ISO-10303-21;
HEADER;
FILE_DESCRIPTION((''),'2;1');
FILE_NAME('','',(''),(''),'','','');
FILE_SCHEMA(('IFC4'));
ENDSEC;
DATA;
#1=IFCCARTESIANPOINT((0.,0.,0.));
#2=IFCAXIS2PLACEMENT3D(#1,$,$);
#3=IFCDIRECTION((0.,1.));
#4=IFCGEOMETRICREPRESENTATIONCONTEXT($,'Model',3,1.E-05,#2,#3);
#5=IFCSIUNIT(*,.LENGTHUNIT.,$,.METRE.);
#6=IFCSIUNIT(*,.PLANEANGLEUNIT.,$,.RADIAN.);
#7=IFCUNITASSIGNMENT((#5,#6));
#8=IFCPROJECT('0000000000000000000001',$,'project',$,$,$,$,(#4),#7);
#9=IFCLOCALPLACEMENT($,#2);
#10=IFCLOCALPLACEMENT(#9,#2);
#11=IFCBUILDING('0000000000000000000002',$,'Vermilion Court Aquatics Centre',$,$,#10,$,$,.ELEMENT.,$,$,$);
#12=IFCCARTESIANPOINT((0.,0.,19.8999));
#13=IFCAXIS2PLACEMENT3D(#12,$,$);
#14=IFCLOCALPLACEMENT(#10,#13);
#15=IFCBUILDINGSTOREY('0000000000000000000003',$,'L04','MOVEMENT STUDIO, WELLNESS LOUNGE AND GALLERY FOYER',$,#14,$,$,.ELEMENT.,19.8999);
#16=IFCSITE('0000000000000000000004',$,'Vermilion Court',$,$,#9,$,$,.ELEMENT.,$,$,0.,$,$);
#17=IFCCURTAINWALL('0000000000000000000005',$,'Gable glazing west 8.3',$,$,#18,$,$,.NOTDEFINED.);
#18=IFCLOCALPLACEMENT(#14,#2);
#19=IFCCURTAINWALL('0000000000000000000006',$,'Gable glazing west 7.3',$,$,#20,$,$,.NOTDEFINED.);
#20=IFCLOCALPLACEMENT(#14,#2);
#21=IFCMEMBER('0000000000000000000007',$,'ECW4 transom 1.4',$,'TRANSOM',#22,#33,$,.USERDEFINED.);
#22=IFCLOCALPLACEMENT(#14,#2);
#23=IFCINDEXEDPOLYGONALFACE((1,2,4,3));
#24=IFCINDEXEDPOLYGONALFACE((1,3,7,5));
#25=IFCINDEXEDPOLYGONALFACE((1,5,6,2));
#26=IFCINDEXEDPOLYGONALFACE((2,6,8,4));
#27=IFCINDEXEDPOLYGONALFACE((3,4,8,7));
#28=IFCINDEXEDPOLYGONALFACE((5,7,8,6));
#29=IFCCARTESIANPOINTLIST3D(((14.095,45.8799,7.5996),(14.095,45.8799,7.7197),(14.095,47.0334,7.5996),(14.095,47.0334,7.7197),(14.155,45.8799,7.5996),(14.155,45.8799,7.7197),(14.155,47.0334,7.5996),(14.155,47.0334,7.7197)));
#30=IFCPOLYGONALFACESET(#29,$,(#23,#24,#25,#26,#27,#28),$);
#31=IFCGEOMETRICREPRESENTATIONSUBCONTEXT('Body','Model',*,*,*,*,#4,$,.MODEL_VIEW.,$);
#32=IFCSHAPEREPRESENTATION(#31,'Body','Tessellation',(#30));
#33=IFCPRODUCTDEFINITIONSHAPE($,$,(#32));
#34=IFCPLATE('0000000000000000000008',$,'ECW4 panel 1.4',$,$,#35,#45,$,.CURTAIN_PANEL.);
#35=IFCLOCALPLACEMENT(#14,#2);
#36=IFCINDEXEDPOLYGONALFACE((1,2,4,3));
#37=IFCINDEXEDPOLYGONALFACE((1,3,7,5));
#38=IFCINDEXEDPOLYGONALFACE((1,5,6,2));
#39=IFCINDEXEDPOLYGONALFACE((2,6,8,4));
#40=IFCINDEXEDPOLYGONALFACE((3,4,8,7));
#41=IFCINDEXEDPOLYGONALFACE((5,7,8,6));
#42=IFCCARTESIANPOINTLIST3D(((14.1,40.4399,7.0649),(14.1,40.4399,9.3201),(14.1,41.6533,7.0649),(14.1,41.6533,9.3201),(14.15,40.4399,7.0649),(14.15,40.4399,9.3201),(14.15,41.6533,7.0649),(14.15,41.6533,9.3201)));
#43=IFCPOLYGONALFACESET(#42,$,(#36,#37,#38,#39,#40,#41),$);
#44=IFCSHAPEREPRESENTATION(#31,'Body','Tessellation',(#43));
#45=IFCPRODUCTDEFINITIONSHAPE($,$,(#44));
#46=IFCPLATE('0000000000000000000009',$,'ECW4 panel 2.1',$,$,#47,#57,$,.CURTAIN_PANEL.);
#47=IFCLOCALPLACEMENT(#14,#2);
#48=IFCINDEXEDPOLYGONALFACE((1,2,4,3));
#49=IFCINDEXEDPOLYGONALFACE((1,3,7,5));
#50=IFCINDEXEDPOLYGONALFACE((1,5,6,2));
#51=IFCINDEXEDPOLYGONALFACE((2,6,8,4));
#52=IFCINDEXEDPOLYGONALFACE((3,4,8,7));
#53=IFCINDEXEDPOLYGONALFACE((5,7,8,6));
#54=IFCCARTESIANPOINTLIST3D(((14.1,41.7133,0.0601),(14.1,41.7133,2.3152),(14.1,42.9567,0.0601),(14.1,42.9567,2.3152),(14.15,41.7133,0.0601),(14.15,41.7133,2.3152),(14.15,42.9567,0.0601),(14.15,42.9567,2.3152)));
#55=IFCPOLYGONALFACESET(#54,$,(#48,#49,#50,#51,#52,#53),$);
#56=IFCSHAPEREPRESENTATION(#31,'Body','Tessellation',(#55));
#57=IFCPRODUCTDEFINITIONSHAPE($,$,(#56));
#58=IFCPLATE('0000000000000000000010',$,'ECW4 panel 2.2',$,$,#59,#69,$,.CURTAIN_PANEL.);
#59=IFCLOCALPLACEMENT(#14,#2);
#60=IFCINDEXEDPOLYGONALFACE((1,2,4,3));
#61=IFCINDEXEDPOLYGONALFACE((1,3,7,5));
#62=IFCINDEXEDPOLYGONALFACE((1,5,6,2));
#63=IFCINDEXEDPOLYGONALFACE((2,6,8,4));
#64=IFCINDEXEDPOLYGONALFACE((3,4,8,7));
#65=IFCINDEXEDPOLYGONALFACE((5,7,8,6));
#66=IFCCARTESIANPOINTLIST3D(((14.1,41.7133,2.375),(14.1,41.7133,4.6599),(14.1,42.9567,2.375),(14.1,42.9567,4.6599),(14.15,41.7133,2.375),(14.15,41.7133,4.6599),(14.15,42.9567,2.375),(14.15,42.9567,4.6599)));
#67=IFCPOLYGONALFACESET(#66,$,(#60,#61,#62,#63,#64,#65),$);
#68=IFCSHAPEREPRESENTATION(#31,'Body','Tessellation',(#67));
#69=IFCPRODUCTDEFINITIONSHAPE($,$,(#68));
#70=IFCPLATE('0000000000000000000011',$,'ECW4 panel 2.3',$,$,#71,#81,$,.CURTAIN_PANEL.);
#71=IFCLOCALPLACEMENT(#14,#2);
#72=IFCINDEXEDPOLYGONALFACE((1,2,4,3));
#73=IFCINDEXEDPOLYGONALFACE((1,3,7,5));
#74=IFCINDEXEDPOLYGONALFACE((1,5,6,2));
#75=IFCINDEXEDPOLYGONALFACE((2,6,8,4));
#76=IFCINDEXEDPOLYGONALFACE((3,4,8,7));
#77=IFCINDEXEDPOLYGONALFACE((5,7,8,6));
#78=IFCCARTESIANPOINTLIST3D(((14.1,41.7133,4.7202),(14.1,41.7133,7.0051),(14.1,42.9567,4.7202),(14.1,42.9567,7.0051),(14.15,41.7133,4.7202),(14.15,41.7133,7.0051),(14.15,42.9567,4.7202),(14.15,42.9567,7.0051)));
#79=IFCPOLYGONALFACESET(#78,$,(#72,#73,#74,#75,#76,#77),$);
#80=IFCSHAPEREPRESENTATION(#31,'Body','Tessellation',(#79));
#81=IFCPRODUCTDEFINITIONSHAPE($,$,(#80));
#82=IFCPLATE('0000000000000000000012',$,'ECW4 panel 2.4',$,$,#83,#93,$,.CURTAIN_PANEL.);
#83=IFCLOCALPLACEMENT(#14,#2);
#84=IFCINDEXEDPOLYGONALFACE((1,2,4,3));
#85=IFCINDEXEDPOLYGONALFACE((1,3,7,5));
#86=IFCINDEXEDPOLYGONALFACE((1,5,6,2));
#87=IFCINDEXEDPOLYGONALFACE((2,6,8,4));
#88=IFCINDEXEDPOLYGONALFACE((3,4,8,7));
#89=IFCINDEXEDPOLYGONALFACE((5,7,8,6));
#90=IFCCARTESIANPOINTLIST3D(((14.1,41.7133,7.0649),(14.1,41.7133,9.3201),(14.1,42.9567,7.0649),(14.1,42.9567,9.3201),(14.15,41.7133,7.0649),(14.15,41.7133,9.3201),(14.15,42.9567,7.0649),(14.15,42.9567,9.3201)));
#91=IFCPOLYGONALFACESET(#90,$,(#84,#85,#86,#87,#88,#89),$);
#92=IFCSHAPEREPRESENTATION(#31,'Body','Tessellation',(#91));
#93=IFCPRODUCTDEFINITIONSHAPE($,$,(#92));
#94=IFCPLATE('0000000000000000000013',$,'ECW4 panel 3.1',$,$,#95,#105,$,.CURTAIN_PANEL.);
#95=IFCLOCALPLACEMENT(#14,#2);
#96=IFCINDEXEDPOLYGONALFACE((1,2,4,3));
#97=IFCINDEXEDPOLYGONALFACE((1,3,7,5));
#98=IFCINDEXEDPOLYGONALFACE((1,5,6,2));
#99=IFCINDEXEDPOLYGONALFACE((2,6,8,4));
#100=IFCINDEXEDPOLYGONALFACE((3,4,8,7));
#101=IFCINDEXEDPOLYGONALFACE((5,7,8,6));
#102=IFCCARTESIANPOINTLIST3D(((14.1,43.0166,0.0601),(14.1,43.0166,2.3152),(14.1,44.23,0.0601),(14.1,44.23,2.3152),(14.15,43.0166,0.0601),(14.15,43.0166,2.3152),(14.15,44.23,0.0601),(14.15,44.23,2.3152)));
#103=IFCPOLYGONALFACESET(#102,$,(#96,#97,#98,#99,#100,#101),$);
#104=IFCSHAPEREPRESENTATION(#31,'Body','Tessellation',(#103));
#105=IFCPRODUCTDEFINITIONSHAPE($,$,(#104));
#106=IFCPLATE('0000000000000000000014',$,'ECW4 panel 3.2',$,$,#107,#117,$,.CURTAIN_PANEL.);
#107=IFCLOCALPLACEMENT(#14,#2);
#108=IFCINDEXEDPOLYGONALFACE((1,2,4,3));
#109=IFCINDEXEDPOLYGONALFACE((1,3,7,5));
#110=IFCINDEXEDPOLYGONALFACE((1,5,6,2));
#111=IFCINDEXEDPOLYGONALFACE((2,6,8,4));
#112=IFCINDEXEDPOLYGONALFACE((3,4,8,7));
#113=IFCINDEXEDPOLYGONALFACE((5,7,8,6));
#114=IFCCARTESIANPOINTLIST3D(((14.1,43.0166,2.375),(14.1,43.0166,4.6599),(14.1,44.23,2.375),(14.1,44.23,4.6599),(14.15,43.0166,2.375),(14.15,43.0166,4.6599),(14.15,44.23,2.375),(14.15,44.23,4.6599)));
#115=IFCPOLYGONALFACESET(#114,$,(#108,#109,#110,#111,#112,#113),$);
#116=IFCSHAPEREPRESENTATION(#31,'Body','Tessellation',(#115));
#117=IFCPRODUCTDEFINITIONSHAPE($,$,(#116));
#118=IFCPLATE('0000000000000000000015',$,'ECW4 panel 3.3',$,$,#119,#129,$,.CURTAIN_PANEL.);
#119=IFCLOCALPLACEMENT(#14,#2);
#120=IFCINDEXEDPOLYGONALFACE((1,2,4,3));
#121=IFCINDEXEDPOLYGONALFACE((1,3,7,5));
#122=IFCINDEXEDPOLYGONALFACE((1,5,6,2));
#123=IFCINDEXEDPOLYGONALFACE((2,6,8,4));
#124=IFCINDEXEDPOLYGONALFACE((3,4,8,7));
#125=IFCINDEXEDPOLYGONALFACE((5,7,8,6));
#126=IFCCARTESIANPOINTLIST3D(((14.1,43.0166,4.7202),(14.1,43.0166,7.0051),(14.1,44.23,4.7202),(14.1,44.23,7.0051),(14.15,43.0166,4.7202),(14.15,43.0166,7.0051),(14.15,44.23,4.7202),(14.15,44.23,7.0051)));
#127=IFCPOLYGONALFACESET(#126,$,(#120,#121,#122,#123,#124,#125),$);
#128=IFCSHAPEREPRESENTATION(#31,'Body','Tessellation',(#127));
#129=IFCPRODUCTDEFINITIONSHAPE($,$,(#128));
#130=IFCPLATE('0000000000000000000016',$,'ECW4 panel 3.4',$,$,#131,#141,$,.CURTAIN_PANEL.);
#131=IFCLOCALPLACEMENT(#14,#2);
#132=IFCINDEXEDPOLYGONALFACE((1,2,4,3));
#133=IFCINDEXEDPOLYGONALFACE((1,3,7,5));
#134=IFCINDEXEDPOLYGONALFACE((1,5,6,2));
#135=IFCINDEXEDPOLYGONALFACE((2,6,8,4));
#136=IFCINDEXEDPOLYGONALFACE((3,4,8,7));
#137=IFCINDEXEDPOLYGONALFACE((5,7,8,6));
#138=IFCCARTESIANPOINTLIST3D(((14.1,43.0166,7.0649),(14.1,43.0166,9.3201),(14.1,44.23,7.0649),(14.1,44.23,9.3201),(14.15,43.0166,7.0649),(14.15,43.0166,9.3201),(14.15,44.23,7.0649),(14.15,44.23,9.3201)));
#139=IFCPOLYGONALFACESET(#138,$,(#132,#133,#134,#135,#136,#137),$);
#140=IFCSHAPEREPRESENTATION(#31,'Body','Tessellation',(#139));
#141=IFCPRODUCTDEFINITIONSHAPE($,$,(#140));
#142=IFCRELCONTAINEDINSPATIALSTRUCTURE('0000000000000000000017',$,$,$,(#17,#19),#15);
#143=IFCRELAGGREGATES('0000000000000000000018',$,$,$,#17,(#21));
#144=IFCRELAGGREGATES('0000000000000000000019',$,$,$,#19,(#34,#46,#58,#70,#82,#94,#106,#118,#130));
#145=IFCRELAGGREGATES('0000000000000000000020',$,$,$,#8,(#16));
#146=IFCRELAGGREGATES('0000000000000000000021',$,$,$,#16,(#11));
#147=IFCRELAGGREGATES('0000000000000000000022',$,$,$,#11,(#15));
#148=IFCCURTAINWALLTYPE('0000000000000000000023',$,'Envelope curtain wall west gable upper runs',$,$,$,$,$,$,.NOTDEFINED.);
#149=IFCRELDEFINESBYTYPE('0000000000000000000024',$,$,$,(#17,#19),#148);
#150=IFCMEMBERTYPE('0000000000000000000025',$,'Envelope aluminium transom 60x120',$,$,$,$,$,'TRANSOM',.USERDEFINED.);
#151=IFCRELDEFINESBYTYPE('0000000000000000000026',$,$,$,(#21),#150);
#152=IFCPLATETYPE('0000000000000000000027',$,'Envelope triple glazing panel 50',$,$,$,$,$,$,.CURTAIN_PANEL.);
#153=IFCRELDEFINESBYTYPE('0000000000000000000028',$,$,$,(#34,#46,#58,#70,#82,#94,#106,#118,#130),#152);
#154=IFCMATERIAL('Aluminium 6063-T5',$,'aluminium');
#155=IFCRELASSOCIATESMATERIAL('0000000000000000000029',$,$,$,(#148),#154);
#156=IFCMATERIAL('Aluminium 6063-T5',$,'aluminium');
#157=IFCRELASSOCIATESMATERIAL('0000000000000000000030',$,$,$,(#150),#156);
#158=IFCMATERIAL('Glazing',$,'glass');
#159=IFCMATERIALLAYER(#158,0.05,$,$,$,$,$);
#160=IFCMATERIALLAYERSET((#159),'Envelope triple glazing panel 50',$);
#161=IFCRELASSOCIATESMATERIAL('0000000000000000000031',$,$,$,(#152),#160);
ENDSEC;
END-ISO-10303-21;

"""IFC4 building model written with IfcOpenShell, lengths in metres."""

from ifc_helpers import new_model, si_unit, direction, frame, origin, origin_2d, place, context, subcontext, project, spatial, rectangle, extrude, material, layer, layer_set, material_profile, profile_set, type_object, element, aggregate, save


model = new_model("IFC4")

# Units and contexts
model_context = context("Model", 3, precision=1e-05, world=origin(), true_north=direction((0.0, 1.0)))
body_context = subcontext(model_context, "Body", "Model", "MODEL_VIEW")
ifc_project = project(units=[si_unit("LENGTHUNIT", "METRE"), si_unit("PLANEANGLEUNIT", "RADIAN")], contexts=[model_context])

# Site, building, storey
site_placement = place(None, origin())
site = spatial("IfcSite", under=ifc_project, at=site_placement, Name="Vermilion Court", CompositionType="ELEMENT", RefElevation=0.0)
building_placement = place(site_placement, origin())
building = spatial("IfcBuilding", under=site, at=building_placement, Name="Vermilion Court Aquatics Centre", CompositionType="ELEMENT")
storey_placement = place(building_placement, frame((0.0, 0.0, 19.8999)))
storey = spatial("IfcBuildingStorey", under=building, at=storey_placement, Name="L04", Description="MOVEMENT STUDIO, WELLNESS LOUNGE AND GALLERY FOYER", CompositionType="ELEMENT", Elevation=19.8999)

# Curtain wall
ifc_material_1 = material(Name="Aluminium 6063-T5", Category="aluminium")
curtain_wall_type = type_object("IfcCurtainWallType", Name="Envelope curtain wall west gable upper runs", PredefinedType="NOTDEFINED", material=ifc_material_1)
curtain_wall_1_placement = place(storey_placement, origin())
curtain_wall_1 = element("IfcCurtainWall", 1, at=curtain_wall_1_placement, inside=storey, type_object=curtain_wall_type, Name="Gable glazing west 8.3", PredefinedType="NOTDEFINED")

# Curtain wall
curtain_wall_2_placement = place(storey_placement, origin())
curtain_wall_2 = element("IfcCurtainWall", 2, at=curtain_wall_2_placement, inside=storey, type_object=curtain_wall_type, Name="Gable glazing west 7.3", PredefinedType="NOTDEFINED")
ifc_material_2 = material(Name="Aluminium 6063-T5", Category="aluminium")
ifc_material_profile_1 = material_profile(ifc_material_2, rectangle(XDim=0.0601, YDim=0.1201, at=origin_2d()), Name="AL 60x120")
ifc_profile_set_1 = profile_set([ifc_material_profile_1], Name="Aluminium 6063-T5")
member_type_1 = type_object("IfcMemberType", Name="Envelope aluminium transom 60x120", ElementType="TRANSOM", PredefinedType="USERDEFINED", material=ifc_profile_set_1)

# Member
member_1_placement = place(storey_placement, frame((14.125, 45.8799, 7.6597), z_axis=(0.0, 1.0, 0.0), x_axis=(-1.0, 0.0, 0.0)))
member_1 = element("IfcMember", 3, at=member_1_placement, type_object=member_type_1, Name="ECW4 transom 1.4", ObjectType="TRANSOM", PredefinedType="USERDEFINED", context=body_context, shape_type="SweptSolid", body=[
    extrude(rectangle(XDim=0.0601, YDim=0.1201, at=origin_2d()), origin(), (0.0, 0.0, 1.0), 1.1536),
])
aggregate(curtain_wall_1, [member_1])

# Plates
ifc_material_3 = material(Name="Glazing", Category="glass")
ifc_layer = layer(ifc_material_3, 0.05)
ifc_layer_set = layer_set([ifc_layer], Name="Envelope triple glazing panel 50")
plate_type = type_object("IfcPlateType", Name="Envelope triple glazing panel 50", PredefinedType="CURTAIN_PANEL", material=ifc_layer_set)
plate_1_placement = place(storey_placement, frame((14.125, 41.0466, 7.0649), z_axis=(0.0, 0.0, 1.0), x_axis=(0.0, 1.0, 0.0)))
plate_1 = element("IfcPlate", 4, at=plate_1_placement, type_object=plate_type, Name="ECW4 panel 1.4", PredefinedType="CURTAIN_PANEL", context=body_context, shape_type="SweptSolid", body=[
    extrude(rectangle(XDim=1.2134, YDim=0.05, at=origin_2d()), origin(), (0.0, 0.0, 1.0), 2.2551),
])
plate_2_placement = place(storey_placement, frame((14.125, 42.335, 0.0601), z_axis=(0.0, 0.0, 1.0), x_axis=(0.0, 1.0, 0.0)))
plate_2 = element("IfcPlate", 5, at=plate_2_placement, type_object=plate_type, Name="ECW4 panel 2.1", PredefinedType="CURTAIN_PANEL", context=body_context, shape_type="SweptSolid", body=[
    extrude(rectangle(XDim=1.2434, YDim=0.05, at=origin_2d()), origin(), (0.0, 0.0, 1.0), 2.2551),
])
plate_3_placement = place(storey_placement, frame((14.125, 42.335, 2.375), z_axis=(0.0, 0.0, 1.0), x_axis=(0.0, 1.0, 0.0)))
plate_3 = element("IfcPlate", 6, at=plate_3_placement, type_object=plate_type, Name="ECW4 panel 2.2", PredefinedType="CURTAIN_PANEL", context=body_context, shape_type="SweptSolid", body=[
    extrude(rectangle(XDim=1.2434, YDim=0.05, at=origin_2d()), origin(), (0.0, 0.0, 1.0), 2.2849),
])
plate_4_placement = place(storey_placement, frame((14.125, 42.335, 4.7202), z_axis=(0.0, 0.0, 1.0), x_axis=(0.0, 1.0, 0.0)))
plate_4 = element("IfcPlate", 7, at=plate_4_placement, type_object=plate_type, Name="ECW4 panel 2.3", PredefinedType="CURTAIN_PANEL", context=body_context, shape_type="SweptSolid", body=[
    extrude(rectangle(XDim=1.2434, YDim=0.05, at=origin_2d()), origin(), (0.0, 0.0, 1.0), 2.2849),
])
plate_5_placement = place(storey_placement, frame((14.125, 42.335, 7.0649), z_axis=(0.0, 0.0, 1.0), x_axis=(0.0, 1.0, 0.0)))
plate_5 = element("IfcPlate", 8, at=plate_5_placement, type_object=plate_type, Name="ECW4 panel 2.4", PredefinedType="CURTAIN_PANEL", context=body_context, shape_type="SweptSolid", body=[
    extrude(rectangle(XDim=1.2434, YDim=0.05, at=origin_2d()), origin(), (0.0, 0.0, 1.0), 2.2551),
])
plate_6_placement = place(storey_placement, frame((14.125, 43.6233, 0.0601), z_axis=(0.0, 0.0, 1.0), x_axis=(0.0, 1.0, 0.0)))
plate_6 = element("IfcPlate", 9, at=plate_6_placement, type_object=plate_type, Name="ECW4 panel 3.1", PredefinedType="CURTAIN_PANEL", context=body_context, shape_type="SweptSolid", body=[
    extrude(rectangle(XDim=1.2134, YDim=0.05, at=origin_2d()), origin(), (0.0, 0.0, 1.0), 2.2551),
])
plate_7_placement = place(storey_placement, frame((14.125, 43.6233, 2.375), z_axis=(0.0, 0.0, 1.0), x_axis=(0.0, 1.0, 0.0)))
plate_7 = element("IfcPlate", 10, at=plate_7_placement, type_object=plate_type, Name="ECW4 panel 3.2", PredefinedType="CURTAIN_PANEL", context=body_context, shape_type="SweptSolid", body=[
    extrude(rectangle(XDim=1.2134, YDim=0.05, at=origin_2d()), origin(), (0.0, 0.0, 1.0), 2.2849),
])
plate_8_placement = place(storey_placement, frame((14.125, 43.6233, 4.7202), z_axis=(0.0, 0.0, 1.0), x_axis=(0.0, 1.0, 0.0)))
plate_8 = element("IfcPlate", 11, at=plate_8_placement, type_object=plate_type, Name="ECW4 panel 3.3", PredefinedType="CURTAIN_PANEL", context=body_context, shape_type="SweptSolid", body=[
    extrude(rectangle(XDim=1.2134, YDim=0.05, at=origin_2d()), origin(), (0.0, 0.0, 1.0), 2.2849),
])
plate_9_placement = place(storey_placement, frame((14.125, 43.6233, 7.0649), z_axis=(0.0, 0.0, 1.0), x_axis=(0.0, 1.0, 0.0)))
plate_9 = element("IfcPlate", 12, at=plate_9_placement, type_object=plate_type, Name="ECW4 panel 3.4", PredefinedType="CURTAIN_PANEL", context=body_context, shape_type="SweptSolid", body=[
    extrude(rectangle(XDim=1.2134, YDim=0.05, at=origin_2d()), origin(), (0.0, 0.0, 1.0), 2.2551),
])
aggregate(curtain_wall_2, [plate_1, plate_2, plate_3, plate_4, plate_5, plate_6, plate_7, plate_8, plate_9])

save(model, "model.ifc")
